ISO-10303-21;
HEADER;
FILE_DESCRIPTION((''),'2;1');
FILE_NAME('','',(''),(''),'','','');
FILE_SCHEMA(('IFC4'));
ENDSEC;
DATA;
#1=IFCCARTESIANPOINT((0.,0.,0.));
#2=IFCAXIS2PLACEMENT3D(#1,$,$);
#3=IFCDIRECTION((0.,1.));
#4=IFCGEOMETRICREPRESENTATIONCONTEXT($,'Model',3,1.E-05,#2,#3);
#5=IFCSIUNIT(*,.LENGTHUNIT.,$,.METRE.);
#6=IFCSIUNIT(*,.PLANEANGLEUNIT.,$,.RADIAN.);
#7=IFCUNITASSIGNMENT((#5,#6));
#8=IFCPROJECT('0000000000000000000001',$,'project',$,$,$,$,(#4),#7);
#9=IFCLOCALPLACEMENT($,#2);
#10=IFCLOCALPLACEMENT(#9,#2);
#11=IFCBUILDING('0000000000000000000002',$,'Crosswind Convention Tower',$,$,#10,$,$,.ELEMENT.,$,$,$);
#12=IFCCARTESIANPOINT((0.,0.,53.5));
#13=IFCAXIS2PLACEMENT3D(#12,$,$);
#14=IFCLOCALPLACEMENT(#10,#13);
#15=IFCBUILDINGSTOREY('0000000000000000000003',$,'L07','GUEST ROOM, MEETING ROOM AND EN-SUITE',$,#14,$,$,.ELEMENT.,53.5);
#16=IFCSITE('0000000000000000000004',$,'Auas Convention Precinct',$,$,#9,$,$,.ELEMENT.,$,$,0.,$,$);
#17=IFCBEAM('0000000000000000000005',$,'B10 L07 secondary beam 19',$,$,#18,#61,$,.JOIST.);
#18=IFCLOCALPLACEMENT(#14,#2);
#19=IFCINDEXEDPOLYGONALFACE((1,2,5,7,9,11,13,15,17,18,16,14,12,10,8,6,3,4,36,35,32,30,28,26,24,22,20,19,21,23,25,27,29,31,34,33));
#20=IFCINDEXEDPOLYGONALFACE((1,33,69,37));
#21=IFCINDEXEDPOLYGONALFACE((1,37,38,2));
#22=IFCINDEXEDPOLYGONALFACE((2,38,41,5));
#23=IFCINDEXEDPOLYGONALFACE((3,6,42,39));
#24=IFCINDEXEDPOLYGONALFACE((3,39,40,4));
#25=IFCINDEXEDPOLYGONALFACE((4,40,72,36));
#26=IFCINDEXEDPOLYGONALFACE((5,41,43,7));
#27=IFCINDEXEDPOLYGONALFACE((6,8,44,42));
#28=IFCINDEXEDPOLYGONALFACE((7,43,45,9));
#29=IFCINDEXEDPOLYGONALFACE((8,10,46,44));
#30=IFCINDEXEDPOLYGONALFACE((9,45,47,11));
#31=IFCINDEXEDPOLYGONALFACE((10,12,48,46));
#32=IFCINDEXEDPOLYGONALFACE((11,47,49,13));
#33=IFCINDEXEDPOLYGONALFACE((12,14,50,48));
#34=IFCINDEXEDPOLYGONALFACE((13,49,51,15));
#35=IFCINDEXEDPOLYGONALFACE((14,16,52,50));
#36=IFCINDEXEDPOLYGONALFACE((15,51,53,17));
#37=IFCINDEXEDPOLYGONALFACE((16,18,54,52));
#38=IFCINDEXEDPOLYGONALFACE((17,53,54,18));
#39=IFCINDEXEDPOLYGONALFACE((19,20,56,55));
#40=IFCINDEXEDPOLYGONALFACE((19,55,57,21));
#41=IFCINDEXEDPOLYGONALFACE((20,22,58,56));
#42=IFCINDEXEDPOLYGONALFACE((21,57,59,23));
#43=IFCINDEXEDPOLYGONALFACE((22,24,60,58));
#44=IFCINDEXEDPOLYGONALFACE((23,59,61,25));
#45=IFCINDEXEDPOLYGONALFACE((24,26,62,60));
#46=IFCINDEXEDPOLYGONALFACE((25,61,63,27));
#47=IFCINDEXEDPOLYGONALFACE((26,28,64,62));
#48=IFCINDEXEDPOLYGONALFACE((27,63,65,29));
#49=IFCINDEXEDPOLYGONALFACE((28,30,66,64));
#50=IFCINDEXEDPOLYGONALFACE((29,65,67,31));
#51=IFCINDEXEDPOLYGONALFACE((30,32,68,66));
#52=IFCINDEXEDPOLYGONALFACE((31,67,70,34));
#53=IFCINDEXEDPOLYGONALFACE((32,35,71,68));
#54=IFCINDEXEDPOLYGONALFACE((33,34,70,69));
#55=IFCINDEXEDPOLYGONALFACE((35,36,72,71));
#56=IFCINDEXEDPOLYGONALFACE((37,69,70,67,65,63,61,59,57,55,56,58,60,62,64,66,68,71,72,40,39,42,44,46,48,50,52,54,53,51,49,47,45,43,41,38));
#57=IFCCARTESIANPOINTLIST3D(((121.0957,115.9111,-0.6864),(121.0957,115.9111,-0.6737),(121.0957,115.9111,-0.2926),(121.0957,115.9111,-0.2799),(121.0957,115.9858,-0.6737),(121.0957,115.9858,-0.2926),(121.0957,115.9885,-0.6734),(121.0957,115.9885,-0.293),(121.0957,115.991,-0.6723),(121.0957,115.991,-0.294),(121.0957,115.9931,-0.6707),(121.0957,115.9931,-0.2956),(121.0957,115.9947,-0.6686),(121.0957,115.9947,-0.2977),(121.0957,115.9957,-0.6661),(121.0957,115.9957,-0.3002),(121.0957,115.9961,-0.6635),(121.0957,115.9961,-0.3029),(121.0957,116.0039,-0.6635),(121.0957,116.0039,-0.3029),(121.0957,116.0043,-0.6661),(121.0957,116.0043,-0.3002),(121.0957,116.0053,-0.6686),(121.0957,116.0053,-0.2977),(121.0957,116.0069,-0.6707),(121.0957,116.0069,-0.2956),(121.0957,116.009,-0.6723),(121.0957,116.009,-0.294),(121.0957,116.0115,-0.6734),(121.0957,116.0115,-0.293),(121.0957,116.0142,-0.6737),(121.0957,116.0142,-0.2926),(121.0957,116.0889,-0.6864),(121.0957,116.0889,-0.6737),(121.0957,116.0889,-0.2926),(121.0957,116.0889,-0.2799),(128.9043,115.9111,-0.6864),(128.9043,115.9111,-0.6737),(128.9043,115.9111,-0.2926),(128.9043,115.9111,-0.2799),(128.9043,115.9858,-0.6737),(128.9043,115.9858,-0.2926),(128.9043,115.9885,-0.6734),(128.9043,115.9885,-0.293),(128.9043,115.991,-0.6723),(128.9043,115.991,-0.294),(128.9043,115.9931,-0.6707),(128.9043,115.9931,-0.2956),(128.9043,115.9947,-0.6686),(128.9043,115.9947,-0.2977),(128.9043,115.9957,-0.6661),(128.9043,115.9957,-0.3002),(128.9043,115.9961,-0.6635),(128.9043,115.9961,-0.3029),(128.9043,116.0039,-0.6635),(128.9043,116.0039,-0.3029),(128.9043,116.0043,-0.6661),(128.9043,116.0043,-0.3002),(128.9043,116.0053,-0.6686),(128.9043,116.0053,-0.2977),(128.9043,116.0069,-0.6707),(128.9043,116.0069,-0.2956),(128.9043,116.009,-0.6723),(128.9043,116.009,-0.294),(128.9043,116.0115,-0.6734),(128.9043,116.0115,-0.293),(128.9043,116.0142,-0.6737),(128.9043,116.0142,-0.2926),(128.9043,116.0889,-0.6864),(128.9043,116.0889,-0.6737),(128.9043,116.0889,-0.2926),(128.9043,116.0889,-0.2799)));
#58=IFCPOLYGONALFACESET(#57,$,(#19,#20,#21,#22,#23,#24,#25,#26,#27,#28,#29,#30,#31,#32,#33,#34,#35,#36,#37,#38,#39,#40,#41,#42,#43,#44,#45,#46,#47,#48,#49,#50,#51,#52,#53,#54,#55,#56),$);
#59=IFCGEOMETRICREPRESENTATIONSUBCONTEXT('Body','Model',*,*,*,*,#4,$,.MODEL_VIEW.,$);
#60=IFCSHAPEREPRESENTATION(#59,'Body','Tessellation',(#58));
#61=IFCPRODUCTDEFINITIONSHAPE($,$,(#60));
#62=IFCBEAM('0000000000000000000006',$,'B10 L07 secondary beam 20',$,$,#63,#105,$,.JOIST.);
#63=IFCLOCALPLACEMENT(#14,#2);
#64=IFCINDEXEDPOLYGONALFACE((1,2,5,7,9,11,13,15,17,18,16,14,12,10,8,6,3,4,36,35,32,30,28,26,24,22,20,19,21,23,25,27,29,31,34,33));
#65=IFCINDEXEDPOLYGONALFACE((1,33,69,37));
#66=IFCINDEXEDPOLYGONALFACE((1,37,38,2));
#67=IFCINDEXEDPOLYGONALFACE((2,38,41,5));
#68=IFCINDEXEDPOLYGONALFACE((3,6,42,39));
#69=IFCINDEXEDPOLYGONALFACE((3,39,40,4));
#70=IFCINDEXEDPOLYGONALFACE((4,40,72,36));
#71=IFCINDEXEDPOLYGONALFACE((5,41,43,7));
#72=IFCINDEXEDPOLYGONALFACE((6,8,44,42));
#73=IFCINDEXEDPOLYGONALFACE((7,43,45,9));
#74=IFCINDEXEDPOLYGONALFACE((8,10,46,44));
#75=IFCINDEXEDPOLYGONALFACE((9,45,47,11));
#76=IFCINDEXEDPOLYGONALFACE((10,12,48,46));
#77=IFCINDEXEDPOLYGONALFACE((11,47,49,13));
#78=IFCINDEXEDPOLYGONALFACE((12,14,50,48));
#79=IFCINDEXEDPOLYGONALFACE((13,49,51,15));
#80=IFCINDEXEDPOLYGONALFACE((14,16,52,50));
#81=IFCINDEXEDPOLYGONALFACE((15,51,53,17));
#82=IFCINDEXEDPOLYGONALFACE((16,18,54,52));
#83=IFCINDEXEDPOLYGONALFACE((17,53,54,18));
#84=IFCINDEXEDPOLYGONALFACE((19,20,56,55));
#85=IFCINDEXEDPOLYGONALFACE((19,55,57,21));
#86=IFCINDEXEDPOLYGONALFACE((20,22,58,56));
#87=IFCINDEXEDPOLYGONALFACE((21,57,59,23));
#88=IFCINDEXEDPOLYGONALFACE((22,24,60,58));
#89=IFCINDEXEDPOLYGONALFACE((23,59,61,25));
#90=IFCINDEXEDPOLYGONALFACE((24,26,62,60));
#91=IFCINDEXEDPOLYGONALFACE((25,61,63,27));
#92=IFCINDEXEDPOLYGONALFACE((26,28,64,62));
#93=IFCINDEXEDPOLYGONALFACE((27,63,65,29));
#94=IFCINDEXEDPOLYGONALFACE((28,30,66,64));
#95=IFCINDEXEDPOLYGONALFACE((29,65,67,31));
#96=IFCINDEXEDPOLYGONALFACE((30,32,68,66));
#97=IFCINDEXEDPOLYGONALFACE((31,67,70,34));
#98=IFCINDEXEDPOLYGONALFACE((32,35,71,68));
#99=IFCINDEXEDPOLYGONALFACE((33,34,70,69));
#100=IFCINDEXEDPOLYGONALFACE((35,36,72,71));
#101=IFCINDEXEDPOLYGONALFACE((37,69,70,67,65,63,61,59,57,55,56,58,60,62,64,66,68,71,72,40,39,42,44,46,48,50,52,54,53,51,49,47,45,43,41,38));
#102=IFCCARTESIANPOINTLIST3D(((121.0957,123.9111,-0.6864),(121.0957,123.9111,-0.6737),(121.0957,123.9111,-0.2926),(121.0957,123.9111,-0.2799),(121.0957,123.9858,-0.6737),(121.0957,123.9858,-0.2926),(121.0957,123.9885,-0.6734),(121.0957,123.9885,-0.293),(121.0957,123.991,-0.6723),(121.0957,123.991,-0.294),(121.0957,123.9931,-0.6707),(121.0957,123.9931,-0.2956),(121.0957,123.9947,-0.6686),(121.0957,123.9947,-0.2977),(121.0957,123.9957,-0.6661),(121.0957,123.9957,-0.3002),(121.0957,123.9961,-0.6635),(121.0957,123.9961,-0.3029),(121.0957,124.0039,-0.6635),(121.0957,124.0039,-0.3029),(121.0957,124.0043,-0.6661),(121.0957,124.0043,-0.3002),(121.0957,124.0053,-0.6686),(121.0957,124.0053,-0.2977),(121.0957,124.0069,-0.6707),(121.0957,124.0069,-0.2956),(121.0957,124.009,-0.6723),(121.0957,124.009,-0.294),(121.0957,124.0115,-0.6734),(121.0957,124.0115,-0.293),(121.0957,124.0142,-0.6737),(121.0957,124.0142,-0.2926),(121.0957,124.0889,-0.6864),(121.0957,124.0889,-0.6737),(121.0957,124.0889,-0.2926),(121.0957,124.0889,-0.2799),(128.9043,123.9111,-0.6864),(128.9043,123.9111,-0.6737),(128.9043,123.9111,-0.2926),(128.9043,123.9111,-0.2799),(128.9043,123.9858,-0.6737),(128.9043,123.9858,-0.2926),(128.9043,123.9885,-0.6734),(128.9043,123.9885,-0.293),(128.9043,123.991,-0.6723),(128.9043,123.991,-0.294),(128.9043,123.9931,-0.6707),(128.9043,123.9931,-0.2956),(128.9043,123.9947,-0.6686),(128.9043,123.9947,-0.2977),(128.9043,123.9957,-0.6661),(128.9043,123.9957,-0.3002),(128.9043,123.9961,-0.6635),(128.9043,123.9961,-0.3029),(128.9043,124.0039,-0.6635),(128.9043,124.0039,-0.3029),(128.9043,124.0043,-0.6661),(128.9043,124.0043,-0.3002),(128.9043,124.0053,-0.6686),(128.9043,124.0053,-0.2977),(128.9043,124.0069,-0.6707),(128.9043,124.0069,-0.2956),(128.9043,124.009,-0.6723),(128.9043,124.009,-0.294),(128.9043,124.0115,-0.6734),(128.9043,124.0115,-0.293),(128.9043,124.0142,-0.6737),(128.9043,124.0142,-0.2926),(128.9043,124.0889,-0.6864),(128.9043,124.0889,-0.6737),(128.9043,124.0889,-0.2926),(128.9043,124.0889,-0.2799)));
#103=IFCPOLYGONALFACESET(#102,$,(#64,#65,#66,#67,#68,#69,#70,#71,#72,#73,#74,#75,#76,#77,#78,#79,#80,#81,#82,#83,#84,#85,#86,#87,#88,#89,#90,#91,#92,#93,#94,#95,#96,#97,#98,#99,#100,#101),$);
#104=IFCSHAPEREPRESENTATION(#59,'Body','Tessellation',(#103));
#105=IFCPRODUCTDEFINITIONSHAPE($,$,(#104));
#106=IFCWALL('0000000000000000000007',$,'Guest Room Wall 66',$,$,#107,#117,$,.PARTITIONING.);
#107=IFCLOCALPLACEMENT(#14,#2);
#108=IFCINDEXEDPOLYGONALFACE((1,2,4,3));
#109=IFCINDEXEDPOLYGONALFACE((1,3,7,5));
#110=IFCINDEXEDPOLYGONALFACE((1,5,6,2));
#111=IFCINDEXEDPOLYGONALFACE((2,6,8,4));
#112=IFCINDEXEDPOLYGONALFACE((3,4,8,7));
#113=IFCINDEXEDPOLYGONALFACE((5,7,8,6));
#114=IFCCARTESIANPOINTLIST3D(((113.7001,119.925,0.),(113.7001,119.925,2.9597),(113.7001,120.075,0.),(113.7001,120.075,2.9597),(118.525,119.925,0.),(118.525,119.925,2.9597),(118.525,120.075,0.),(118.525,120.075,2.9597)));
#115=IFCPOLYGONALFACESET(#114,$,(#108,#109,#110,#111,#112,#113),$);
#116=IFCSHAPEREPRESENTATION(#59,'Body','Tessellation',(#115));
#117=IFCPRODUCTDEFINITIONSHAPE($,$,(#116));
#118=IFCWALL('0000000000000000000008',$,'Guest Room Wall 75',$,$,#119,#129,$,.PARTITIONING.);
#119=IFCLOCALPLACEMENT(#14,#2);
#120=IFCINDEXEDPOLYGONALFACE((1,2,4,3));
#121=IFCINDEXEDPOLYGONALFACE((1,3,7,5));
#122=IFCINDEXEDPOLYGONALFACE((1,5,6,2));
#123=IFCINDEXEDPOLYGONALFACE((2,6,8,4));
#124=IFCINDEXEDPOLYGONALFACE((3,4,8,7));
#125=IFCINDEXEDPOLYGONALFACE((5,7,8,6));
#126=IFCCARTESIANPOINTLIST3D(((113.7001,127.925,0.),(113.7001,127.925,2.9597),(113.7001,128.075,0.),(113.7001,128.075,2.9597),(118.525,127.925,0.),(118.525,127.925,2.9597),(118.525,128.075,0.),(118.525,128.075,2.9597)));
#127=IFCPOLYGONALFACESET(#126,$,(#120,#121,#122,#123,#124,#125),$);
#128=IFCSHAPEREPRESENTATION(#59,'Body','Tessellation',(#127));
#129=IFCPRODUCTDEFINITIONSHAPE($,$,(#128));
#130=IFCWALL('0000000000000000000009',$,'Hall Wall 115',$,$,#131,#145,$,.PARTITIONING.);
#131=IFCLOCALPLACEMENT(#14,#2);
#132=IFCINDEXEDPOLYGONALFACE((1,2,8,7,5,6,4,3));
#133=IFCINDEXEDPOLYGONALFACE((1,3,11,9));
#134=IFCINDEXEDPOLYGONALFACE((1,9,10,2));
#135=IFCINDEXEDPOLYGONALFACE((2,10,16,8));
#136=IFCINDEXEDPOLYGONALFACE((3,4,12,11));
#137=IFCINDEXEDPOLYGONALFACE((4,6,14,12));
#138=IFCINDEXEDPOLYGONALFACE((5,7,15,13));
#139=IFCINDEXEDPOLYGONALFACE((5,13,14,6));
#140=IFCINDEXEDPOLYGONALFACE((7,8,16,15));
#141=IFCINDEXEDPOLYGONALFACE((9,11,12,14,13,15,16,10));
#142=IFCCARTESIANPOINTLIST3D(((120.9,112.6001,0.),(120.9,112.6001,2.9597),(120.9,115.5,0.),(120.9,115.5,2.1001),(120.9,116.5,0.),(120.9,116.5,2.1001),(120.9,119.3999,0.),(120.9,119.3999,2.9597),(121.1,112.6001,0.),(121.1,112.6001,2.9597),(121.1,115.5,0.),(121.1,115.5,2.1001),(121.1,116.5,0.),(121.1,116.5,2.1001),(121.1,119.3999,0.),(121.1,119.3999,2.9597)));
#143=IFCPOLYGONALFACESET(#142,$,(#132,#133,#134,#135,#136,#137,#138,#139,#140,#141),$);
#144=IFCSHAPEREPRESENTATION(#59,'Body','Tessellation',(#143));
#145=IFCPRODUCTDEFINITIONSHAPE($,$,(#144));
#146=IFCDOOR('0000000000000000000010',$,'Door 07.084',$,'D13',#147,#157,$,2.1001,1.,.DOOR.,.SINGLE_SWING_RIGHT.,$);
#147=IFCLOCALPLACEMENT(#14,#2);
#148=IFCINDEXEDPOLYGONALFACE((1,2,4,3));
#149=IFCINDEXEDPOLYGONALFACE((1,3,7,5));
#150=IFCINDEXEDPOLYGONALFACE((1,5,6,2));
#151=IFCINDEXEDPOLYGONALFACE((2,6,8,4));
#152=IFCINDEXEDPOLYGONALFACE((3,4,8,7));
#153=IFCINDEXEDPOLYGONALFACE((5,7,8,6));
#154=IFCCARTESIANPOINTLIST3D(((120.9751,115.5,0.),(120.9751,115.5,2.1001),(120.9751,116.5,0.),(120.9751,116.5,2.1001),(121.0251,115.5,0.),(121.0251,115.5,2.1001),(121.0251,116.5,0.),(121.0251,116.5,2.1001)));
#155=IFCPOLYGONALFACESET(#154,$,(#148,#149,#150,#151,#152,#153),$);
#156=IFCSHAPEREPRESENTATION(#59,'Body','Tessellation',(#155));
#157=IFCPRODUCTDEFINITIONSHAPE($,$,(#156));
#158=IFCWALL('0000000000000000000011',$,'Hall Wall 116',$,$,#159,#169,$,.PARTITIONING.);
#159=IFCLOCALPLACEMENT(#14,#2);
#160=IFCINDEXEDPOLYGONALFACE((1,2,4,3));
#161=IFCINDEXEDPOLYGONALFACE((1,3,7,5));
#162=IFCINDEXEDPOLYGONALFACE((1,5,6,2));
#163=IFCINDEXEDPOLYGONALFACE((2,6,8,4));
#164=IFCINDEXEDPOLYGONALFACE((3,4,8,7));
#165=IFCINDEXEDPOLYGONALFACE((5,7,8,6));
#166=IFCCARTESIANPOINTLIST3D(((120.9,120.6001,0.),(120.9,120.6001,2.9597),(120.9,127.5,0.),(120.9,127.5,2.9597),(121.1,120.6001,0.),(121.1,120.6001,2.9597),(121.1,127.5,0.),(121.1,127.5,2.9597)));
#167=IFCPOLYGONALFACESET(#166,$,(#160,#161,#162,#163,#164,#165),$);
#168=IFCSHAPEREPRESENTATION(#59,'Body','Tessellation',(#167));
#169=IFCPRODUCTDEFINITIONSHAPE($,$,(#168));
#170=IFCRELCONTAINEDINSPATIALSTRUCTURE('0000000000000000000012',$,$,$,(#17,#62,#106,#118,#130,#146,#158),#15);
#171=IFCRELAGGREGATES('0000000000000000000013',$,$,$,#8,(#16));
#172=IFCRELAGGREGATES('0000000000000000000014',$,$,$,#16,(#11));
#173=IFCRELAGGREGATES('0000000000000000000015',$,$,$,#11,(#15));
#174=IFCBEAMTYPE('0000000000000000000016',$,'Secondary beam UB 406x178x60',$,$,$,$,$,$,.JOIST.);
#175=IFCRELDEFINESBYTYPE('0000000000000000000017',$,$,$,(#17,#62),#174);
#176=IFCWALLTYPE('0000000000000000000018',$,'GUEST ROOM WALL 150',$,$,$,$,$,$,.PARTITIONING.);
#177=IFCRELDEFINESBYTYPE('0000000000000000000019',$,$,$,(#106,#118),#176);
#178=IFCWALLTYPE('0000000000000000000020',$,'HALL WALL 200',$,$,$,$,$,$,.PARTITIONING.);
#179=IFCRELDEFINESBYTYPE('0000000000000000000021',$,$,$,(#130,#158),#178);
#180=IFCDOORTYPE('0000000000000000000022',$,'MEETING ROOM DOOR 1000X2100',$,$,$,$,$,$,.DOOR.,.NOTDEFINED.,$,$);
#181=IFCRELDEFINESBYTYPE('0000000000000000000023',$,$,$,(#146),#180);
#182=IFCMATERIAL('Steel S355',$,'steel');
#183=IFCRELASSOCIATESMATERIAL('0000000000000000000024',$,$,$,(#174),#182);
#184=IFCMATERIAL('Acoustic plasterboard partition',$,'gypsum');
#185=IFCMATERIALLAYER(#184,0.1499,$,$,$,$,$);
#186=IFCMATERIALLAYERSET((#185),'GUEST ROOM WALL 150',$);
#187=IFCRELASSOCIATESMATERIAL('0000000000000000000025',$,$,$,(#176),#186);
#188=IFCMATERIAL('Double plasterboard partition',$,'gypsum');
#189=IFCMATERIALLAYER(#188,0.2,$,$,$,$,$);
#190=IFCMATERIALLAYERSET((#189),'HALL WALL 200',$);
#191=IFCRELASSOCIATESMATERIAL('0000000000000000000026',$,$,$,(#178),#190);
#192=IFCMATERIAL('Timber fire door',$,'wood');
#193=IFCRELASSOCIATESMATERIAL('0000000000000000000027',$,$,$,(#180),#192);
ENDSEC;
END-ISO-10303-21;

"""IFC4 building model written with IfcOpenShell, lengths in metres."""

from ifc_helpers import new_model, si_unit, direction, frame, frame_2d, origin, origin_2d, place, context, subcontext, project, spatial, rectangle, i_section, extrude, material, layer, layer_set, material_profile, profile_set, type_object, element, fill, save


model = new_model("IFC4")

# Units and contexts
model_context = context("Model", 3, precision=1e-05, world=origin(), true_north=direction((0.0, 1.0)))
body_context = subcontext(model_context, "Body", "Model", "MODEL_VIEW")
ifc_project = project(units=[si_unit("LENGTHUNIT", "METRE"), si_unit("PLANEANGLEUNIT", "RADIAN")], contexts=[model_context])

# Site, building, storey
site_placement = place(None, origin())
site = spatial("IfcSite", under=ifc_project, at=site_placement, Name="Auas Convention Precinct", CompositionType="ELEMENT", RefElevation=0.0)
building_placement = place(site_placement, origin())
building = spatial("IfcBuilding", under=site, at=building_placement, Name="Crosswind Convention Tower", CompositionType="ELEMENT")
storey_placement = place(building_placement, frame((0.0, 0.0, 53.5)))
storey = spatial("IfcBuildingStorey", under=building, at=storey_placement, Name="L07", Description="GUEST ROOM, MEETING ROOM AND EN-SUITE", CompositionType="ELEMENT", Elevation=53.5)

# Beams
ifc_material_1 = material(Name="Steel S355", Category="steel")
ifc_material_profile_1 = material_profile(ifc_material_1, i_section(OverallWidth=0.1777, OverallDepth=0.4065, WebThickness=0.0078, FlangeThickness=0.0127, FilletRadius=0.0103, at=origin_2d()), Name="UB 406x178x60")
ifc_profile_set_1 = profile_set([ifc_material_profile_1], Name="Steel S355")
beam_type_1 = type_object("IfcBeamType", Name="Secondary beam UB 406x178x60", PredefinedType="JOIST", material=ifc_profile_set_1)
for number, where, z_axis, x_axis, name in (
    (1, (121.0957, 116.0, -0.4832), (1.0, 0.0, 0.0), (0.0, 1.0, 0.0), "B10 L07 secondary beam 19"),
    (2, (121.0957, 124.0, -0.4832), (1.0, 0.0, 0.0), (0.0, 1.0, 0.0), "B10 L07 secondary beam 20"),
):
    element("IfcBeam", number, at=place(storey_placement, frame(where, z_axis=z_axis, x_axis=x_axis)), inside=storey, type_object=beam_type_1, Name=name, PredefinedType="JOIST", context=body_context, shape_type="SweptSolid", body=[
        extrude(i_section(OverallWidth=0.1777, OverallDepth=0.4065, WebThickness=0.0078, FlangeThickness=0.0127, FilletRadius=0.0103, at=origin_2d()), origin(), (0.0, 0.0, 1.0), 7.8086),
    ])

# Walls
ifc_material_2 = material(Name="Acoustic plasterboard partition", Category="gypsum")
ifc_layer_1 = layer(ifc_material_2, 0.1499)
ifc_layer_set_1 = layer_set([ifc_layer_1], Name="GUEST ROOM WALL 150")
wall_type_1 = type_object("IfcWallType", Name="GUEST ROOM WALL 150", PredefinedType="PARTITIONING", material=ifc_layer_set_1)
for number, where, z_axis, x_axis, name in (
    (3, (113.7, 120.0, 0.0), (0.0, 0.0, 1.0), (1.0, 0.0, 0.0), "Guest Room Wall 66"),
    (4, (113.7, 128.0, 0.0), (0.0, 0.0, 1.0), (1.0, 0.0, 0.0), "Guest Room Wall 75"),
):
    element("IfcWall", number, at=place(storey_placement, frame(where, z_axis=z_axis, x_axis=x_axis)), inside=storey, type_object=wall_type_1, Name=name, PredefinedType="PARTITIONING", context=body_context, shape_type="SweptSolid", body=[
        extrude(rectangle(XDim=4.825, YDim=0.1499, at=frame_2d((2.4126, 0.0))), origin(), (0.0, 0.0, 1.0), 2.9597),
    ])

# Wall, opening, door
ifc_material_3 = material(Name="Double plasterboard partition", Category="gypsum")
ifc_layer_2 = layer(ifc_material_3, 0.2)
ifc_layer_set_2 = layer_set([ifc_layer_2], Name="HALL WALL 200")
wall_type_2 = type_object("IfcWallType", Name="HALL WALL 200", PredefinedType="PARTITIONING", material=ifc_layer_set_2)
wall_1_placement = place(storey_placement, frame((121.0, 112.6001, 0.0), z_axis=(0.0, 0.0, 1.0), x_axis=(0.0, 1.0, 0.0)))
wall_1 = element("IfcWall", 5, at=wall_1_placement, inside=storey, type_object=wall_type_2, Name="Hall Wall 115", PredefinedType="PARTITIONING", context=body_context, shape_type="SweptSolid", body=[
    extrude(rectangle(XDim=6.7998, YDim=0.2, at=frame_2d((3.3999, 0.0))), origin(), (0.0, 0.0, 1.0), 2.9597),
])
opening_1_placement = place(wall_1_placement, frame((2.8999, 0.0, 0.0)))
opening_1 = element("IfcOpeningElement", 6, at=opening_1_placement, cuts=wall_1, PredefinedType="OPENING", context=body_context, shape_type="SweptSolid", body=[
    extrude(rectangle(XDim=1.0, YDim=2.1001, at=frame_2d((0.5, 1.05))), frame((0.0, 0.1099, 0.0), z_axis=(0.0, -1.0, 0.0), x_axis=(1.0, 0.0, 0.0)), (0.0, 0.0, 1.0), 0.22),
])
ifc_material_4 = material(Name="Timber fire door", Category="wood")
door_type_1 = type_object("IfcDoorType", Name="MEETING ROOM DOOR 1000X2100", OperationType="NOTDEFINED", PredefinedType="DOOR", material=ifc_material_4)
door_1_placement = place(opening_1_placement, origin())
door_1 = element("IfcDoor", 7, at=door_1_placement, inside=storey, type_object=door_type_1, Name="Door 07.084", ObjectType="D13", OperationType="SINGLE_SWING_RIGHT", OverallHeight=2.1001, OverallWidth=1.0, PredefinedType="DOOR", context=body_context, shape_type="SweptSolid", body=[
    extrude(rectangle(XDim=1.0, YDim=2.1001, at=frame_2d((0.5, 1.05))), frame((0.0, 0.0249, 0.0), z_axis=(0.0, -1.0, 0.0), x_axis=(1.0, 0.0, 0.0)), (0.0, 0.0, 1.0), 0.05),
])
fill(opening_1, door_1)

# Wall
wall_2_placement = place(storey_placement, frame((121.0, 120.6001, 0.0), z_axis=(0.0, 0.0, 1.0), x_axis=(0.0, 1.0, 0.0)))
element("IfcWall", 8, at=wall_2_placement, inside=storey, type_object=wall_type_2, Name="Hall Wall 116", PredefinedType="PARTITIONING", context=body_context, shape_type="SweptSolid", body=[
    extrude(rectangle(XDim=6.8999, YDim=0.2, at=frame_2d((3.45, 0.0))), origin(), (0.0, 0.0, 1.0), 2.9597),
])

save(model, "model.ifc")
